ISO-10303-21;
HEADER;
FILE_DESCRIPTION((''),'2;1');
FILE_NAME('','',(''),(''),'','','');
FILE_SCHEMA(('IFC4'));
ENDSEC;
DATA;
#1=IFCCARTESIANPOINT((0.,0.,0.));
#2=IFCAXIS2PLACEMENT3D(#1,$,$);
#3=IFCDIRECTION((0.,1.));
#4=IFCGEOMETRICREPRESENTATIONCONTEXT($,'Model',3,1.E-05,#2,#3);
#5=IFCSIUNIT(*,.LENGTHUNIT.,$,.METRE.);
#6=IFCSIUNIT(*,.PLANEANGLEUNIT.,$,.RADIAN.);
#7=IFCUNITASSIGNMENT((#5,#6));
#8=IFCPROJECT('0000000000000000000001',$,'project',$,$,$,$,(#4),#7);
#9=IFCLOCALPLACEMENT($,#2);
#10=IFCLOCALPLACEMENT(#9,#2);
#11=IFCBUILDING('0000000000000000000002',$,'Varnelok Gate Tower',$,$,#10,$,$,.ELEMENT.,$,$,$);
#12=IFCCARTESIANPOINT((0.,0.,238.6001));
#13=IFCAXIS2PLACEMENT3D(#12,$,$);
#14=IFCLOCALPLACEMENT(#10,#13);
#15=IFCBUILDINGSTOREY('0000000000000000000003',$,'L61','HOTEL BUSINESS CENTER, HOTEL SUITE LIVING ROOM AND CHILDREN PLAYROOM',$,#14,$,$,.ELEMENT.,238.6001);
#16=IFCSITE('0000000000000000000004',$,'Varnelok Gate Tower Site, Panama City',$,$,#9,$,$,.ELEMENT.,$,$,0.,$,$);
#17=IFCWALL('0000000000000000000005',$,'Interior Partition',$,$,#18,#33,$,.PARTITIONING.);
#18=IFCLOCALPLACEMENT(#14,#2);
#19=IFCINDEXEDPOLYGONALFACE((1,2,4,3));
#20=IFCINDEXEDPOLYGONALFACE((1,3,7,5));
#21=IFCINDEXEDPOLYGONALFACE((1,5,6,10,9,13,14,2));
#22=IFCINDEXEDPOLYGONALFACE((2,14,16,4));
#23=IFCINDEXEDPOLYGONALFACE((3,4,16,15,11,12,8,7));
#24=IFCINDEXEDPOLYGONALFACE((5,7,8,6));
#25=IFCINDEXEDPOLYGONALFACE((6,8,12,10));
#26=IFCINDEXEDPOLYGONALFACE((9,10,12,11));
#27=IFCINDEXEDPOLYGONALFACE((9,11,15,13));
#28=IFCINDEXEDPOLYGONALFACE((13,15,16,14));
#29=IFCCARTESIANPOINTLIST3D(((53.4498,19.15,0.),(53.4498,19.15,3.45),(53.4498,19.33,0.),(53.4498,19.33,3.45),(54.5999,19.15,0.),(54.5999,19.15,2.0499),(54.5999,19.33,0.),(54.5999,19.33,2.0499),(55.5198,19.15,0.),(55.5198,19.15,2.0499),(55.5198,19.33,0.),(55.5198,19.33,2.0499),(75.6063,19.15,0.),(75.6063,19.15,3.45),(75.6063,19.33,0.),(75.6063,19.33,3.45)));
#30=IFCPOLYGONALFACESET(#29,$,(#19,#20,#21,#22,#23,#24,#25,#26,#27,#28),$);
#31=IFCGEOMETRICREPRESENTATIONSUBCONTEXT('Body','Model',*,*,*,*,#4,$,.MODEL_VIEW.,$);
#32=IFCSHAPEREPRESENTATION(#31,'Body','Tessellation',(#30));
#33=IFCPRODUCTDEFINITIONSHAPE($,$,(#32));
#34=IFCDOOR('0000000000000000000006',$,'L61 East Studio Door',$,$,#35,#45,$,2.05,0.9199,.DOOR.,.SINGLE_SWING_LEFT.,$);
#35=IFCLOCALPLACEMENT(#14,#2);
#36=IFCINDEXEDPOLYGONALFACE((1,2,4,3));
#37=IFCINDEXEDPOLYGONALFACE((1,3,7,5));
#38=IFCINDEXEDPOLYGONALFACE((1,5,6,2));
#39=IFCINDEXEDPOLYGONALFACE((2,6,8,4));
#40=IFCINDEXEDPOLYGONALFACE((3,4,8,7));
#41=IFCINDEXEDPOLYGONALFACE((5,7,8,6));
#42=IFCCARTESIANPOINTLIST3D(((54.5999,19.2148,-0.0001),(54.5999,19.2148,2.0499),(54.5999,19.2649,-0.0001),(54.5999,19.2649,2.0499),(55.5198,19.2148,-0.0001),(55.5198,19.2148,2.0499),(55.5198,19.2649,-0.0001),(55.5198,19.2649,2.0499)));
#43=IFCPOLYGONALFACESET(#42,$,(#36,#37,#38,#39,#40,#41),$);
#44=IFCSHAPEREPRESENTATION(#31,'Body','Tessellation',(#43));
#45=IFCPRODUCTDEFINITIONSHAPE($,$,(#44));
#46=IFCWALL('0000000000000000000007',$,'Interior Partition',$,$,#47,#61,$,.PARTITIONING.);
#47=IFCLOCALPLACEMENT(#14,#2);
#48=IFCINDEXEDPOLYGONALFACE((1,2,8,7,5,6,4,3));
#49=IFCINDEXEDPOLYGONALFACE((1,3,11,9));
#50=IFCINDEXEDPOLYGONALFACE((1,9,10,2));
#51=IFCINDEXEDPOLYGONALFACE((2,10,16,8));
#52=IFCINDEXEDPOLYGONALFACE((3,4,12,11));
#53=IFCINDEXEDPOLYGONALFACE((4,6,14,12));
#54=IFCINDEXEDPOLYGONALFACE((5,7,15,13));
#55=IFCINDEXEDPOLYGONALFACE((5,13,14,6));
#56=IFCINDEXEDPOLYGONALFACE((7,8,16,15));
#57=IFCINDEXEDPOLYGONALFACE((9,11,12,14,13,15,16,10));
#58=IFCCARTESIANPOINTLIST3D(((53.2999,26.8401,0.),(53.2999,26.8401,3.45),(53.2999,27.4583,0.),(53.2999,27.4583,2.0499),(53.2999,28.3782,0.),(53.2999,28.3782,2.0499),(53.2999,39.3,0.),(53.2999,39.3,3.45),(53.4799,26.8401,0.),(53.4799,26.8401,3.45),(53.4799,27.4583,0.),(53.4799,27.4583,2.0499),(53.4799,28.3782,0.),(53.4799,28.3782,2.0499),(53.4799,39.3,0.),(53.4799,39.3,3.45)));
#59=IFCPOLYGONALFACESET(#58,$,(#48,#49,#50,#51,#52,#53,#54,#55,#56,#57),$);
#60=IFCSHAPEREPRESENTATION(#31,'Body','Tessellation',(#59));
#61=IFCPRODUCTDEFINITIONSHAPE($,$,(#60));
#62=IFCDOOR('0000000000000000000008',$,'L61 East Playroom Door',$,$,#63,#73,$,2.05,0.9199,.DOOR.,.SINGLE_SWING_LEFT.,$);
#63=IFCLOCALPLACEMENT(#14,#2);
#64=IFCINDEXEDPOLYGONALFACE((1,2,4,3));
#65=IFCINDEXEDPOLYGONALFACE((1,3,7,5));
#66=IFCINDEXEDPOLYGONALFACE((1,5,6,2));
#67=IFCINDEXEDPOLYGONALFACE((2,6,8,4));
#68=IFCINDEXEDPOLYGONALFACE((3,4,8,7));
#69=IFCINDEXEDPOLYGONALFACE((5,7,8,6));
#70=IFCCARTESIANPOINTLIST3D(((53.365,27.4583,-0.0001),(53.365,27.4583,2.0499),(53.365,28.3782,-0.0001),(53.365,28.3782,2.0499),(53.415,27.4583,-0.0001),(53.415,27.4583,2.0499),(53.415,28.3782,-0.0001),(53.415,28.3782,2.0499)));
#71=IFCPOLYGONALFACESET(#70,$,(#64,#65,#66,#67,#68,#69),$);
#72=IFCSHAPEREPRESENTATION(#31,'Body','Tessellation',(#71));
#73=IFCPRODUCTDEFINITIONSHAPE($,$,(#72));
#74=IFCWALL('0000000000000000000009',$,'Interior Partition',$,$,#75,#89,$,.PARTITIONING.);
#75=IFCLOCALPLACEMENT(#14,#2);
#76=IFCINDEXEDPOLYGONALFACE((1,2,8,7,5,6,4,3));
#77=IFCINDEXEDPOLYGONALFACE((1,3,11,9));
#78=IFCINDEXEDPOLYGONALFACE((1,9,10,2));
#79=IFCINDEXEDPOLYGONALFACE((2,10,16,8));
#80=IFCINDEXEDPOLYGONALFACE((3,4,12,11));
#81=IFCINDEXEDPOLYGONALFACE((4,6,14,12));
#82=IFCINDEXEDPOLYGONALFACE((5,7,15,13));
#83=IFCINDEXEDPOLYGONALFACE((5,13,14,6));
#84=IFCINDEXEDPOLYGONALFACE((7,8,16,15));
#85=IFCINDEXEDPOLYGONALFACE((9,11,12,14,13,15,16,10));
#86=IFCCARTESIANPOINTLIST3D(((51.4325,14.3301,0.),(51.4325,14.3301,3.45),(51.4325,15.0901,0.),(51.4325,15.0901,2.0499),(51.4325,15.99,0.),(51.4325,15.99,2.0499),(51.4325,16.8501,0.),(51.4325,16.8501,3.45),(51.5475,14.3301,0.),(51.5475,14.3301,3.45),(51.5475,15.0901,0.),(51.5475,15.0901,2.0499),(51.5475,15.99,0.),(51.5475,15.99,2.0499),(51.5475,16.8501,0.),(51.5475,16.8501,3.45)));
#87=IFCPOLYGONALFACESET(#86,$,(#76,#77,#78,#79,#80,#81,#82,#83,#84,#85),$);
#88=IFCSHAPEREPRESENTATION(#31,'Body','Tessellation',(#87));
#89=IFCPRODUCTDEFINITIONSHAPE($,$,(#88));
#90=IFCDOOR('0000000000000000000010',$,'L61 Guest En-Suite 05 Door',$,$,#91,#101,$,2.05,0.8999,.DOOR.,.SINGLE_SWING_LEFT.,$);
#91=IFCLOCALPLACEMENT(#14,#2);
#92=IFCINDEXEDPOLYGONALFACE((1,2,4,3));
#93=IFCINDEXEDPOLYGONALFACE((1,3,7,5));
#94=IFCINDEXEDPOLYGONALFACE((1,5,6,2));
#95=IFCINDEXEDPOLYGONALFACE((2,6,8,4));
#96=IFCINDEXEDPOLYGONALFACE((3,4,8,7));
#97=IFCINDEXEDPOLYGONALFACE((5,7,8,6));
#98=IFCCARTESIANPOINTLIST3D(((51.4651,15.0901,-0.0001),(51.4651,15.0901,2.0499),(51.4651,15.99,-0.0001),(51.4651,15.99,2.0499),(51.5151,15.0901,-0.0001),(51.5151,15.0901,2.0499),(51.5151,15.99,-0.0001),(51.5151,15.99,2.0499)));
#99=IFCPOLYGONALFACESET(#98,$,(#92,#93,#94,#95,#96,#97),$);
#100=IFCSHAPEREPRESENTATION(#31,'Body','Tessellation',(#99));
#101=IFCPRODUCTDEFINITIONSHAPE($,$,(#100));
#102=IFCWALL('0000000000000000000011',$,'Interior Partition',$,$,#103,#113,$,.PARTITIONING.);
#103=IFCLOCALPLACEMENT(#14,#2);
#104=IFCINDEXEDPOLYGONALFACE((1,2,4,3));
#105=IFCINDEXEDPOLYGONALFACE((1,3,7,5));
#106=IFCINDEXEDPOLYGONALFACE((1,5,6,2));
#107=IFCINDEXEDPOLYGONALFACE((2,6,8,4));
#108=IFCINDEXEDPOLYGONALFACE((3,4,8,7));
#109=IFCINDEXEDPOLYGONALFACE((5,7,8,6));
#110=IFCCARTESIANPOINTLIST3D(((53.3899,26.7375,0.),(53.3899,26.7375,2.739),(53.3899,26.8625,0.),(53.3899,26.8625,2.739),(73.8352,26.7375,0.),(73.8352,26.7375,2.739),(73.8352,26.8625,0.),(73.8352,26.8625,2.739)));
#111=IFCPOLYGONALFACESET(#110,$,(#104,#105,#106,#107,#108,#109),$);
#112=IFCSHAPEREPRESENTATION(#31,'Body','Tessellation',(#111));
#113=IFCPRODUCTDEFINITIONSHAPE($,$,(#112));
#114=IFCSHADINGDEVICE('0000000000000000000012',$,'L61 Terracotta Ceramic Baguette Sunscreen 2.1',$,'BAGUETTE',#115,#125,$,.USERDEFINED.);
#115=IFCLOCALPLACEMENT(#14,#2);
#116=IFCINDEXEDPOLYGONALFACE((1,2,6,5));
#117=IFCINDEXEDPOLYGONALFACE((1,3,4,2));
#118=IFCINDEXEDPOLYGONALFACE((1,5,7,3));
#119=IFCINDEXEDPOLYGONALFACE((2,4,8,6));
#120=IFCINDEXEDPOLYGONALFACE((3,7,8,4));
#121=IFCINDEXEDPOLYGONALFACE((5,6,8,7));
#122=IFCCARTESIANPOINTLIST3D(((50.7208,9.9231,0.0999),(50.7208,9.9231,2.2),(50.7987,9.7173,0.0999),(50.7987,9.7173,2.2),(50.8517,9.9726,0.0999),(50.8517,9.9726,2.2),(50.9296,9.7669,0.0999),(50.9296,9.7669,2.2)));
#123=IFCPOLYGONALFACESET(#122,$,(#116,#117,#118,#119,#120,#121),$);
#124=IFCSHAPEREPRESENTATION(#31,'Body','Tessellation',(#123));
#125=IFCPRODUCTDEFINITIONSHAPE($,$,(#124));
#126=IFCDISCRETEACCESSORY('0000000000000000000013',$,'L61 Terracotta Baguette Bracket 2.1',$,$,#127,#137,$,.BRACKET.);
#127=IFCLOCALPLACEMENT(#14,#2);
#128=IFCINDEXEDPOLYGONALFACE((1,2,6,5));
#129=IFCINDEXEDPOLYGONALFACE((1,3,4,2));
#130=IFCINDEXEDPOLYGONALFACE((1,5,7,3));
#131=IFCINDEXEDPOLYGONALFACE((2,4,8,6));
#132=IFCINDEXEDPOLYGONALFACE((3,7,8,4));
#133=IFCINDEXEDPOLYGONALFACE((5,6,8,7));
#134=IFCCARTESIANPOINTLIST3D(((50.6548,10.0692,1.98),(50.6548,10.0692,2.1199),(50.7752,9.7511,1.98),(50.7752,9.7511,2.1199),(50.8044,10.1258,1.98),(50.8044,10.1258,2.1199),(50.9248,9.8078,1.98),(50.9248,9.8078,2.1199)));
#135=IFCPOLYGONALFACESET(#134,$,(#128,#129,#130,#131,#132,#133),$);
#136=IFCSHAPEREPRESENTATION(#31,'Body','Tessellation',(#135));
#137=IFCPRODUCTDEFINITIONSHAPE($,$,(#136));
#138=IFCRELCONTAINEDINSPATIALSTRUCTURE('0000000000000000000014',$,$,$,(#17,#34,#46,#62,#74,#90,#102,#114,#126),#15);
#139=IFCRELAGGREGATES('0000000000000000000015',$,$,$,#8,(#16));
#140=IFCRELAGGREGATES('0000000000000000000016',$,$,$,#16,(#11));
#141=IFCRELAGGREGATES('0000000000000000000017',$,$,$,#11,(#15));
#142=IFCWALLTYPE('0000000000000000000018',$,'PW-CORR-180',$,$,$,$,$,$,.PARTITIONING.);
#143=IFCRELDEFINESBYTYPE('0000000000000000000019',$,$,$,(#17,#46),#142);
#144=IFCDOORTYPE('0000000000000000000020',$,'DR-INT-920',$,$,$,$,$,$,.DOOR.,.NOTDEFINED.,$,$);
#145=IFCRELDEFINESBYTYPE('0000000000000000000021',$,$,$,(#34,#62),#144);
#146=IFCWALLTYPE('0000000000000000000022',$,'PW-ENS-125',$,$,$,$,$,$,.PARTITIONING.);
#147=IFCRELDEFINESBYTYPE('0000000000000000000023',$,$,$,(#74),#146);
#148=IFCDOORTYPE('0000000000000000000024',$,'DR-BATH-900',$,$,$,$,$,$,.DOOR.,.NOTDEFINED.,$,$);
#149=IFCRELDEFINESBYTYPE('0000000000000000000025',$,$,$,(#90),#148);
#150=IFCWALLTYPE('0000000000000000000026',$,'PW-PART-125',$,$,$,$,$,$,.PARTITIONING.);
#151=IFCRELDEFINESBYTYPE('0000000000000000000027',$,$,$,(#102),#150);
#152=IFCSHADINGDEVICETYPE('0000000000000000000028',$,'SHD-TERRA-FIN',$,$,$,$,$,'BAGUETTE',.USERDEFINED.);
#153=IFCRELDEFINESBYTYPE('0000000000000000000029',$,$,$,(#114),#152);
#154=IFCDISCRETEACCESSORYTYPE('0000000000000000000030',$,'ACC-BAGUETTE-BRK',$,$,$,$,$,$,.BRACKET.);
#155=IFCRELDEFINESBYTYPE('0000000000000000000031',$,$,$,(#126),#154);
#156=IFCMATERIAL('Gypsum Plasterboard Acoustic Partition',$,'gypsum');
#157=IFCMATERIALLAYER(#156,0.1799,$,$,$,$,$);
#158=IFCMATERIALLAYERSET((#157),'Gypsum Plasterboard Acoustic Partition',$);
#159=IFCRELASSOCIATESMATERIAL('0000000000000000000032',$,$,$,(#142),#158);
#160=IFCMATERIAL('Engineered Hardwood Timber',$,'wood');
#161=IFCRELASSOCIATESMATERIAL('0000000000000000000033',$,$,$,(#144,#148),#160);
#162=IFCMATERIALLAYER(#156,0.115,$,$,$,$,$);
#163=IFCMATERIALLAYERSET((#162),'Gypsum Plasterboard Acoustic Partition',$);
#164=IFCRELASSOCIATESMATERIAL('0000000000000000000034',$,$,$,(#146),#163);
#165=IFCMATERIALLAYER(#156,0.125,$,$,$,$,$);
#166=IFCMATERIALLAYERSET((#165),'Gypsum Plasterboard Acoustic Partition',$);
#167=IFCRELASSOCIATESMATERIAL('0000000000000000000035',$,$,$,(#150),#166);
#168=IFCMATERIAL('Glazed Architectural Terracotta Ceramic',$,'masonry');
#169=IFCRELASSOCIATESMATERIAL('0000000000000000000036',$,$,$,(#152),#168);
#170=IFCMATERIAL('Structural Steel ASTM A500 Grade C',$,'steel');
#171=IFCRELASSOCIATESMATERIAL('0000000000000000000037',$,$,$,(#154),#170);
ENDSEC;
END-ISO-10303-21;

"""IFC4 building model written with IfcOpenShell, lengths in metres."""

from ifc_helpers import new_model, si_unit, direction, frame, frame_2d, origin, origin_2d, place, context, subcontext, project, spatial, rectangle, extrude, source, transform, mapped, material, layer, layer_set, type_object, element, fill, save


model = new_model("IFC4")

# Units and contexts
model_context = context("Model", 3, precision=1e-05, world=origin(), true_north=direction((0.0, 1.0)))
body_context = subcontext(model_context, "Body", "Model", "MODEL_VIEW")
ifc_project = project(units=[si_unit("LENGTHUNIT", "METRE"), si_unit("PLANEANGLEUNIT", "RADIAN")], contexts=[model_context])

# Site, building, storey
site_placement = place(None, origin())
site = spatial("IfcSite", under=ifc_project, at=site_placement, Name="Varnelok Gate Tower Site, Panama City", CompositionType="ELEMENT", RefElevation=0.0)
building_placement = place(site_placement, origin())
building = spatial("IfcBuilding", under=site, at=building_placement, Name="Varnelok Gate Tower", CompositionType="ELEMENT")
storey_placement = place(building_placement, frame((0.0, 0.0, 238.6001)))
storey = spatial("IfcBuildingStorey", under=building, at=storey_placement, Name="L61", Description="HOTEL BUSINESS CENTER, HOTEL SUITE LIVING ROOM AND CHILDREN PLAYROOM", CompositionType="ELEMENT", Elevation=238.6001)

# Walls, openings, doors
ifc_material_1 = material(Name="Gypsum Plasterboard Acoustic Partition", Category="gypsum")
ifc_layer_1 = layer(ifc_material_1, 0.1799)
ifc_layer_set_1 = layer_set([ifc_layer_1], Name="Gypsum Plasterboard Acoustic Partition")
wall_type_1 = type_object("IfcWallType", Name="PW-CORR-180", PredefinedType="PARTITIONING", material=ifc_layer_set_1)
wall_1_placement = place(storey_placement, frame((53.45, 19.24, 0.0), z_axis=(0.0, 0.0, 1.0), x_axis=(1.0, 0.0, 0.0)))
wall_1 = element("IfcWall", 1, at=wall_1_placement, inside=storey, type_object=wall_type_1, Name="Interior Partition", PredefinedType="PARTITIONING", context=body_context, shape_type="SweptSolid", body=[
    extrude(rectangle(XDim=22.1565, YDim=0.1799, at=frame_2d((11.0781, 0.0))), origin(), (0.0, 0.0, 1.0), 3.45),
])
opening_1_placement = place(wall_1_placement, frame((1.1499, 0.0, 0.0)))
opening_1 = element("IfcOpeningElement", 2, at=opening_1_placement, cuts=wall_1, PredefinedType="OPENING", context=body_context, shape_type="SweptSolid", body=[
    extrude(rectangle(XDim=0.9199, YDim=2.05, at=frame_2d((0.46, 1.0249))), frame((0.0, 0.0999, 0.0), z_axis=(0.0, -1.0, 0.0), x_axis=(1.0, 0.0, 0.0)), (0.0, 0.0, 1.0), 0.2),
])
ifc_material_2 = material(Name="Engineered Hardwood Timber", Category="wood")
door_type_1 = type_object("IfcDoorType", Name="DR-INT-920", OperationType="NOTDEFINED", PredefinedType="DOOR", material=ifc_material_2)
door_1_placement = place(opening_1_placement, origin())
door_1 = element("IfcDoor", 3, at=door_1_placement, inside=storey, type_object=door_type_1, Name="L61 East Studio Door", OperationType="SINGLE_SWING_LEFT", OverallHeight=2.05, OverallWidth=0.9199, PredefinedType="DOOR", context=body_context, shape_type="SweptSolid", body=[
    extrude(rectangle(XDim=0.9199, YDim=2.05, at=frame_2d((0.46, 1.0249))), frame((0.0, 0.0249, 0.0), z_axis=(0.0, -1.0, 0.0), x_axis=(1.0, 0.0, 0.0)), (0.0, 0.0, 1.0), 0.05),
])
fill(opening_1, door_1)
wall_2_placement = place(storey_placement, frame((53.3899, 26.8401, 0.0), z_axis=(0.0, 0.0, 1.0), x_axis=(0.0, 1.0, 0.0)))
wall_2 = element("IfcWall", 4, at=wall_2_placement, inside=storey, type_object=wall_type_1, Name="Interior Partition", PredefinedType="PARTITIONING", context=body_context, shape_type="SweptSolid", body=[
    extrude(rectangle(XDim=12.46, YDim=0.1799, at=frame_2d((6.23, 0.0))), origin(), (0.0, 0.0, 1.0), 3.45),
])
opening_2_placement = place(wall_2_placement, frame((0.6182, 0.0, 0.0)))
opening_2 = element("IfcOpeningElement", 5, at=opening_2_placement, cuts=wall_2, PredefinedType="OPENING", context=body_context, shape_type="SweptSolid", body=[
    extrude(rectangle(XDim=0.9199, YDim=2.05, at=frame_2d((0.46, 1.0249))), frame((0.0, 0.0999, 0.0), z_axis=(0.0, -1.0, 0.0), x_axis=(1.0, 0.0, 0.0)), (0.0, 0.0, 1.0), 0.2),
])
door_2_placement = place(opening_2_placement, origin())
door_2 = element("IfcDoor", 6, at=door_2_placement, inside=storey, type_object=door_type_1, Name="L61 East Playroom Door", OperationType="SINGLE_SWING_LEFT", OverallHeight=2.05, OverallWidth=0.9199, PredefinedType="DOOR", context=body_context, shape_type="SweptSolid", body=[
    extrude(rectangle(XDim=0.9199, YDim=2.05, at=frame_2d((0.46, 1.0249))), frame((0.0, 0.0249, 0.0), z_axis=(0.0, -1.0, 0.0), x_axis=(1.0, 0.0, 0.0)), (0.0, 0.0, 1.0), 0.05),
])
fill(opening_2, door_2)
ifc_layer_2 = layer(ifc_material_1, 0.115)
ifc_layer_set_2 = layer_set([ifc_layer_2], Name="Gypsum Plasterboard Acoustic Partition")
wall_type_2 = type_object("IfcWallType", Name="PW-ENS-125", PredefinedType="PARTITIONING", material=ifc_layer_set_2)
wall_3_placement = place(storey_placement, frame((51.49, 14.3301, 0.0), z_axis=(0.0, 0.0, 1.0), x_axis=(0.0, 1.0, 0.0)))
wall_3 = element("IfcWall", 7, at=wall_3_placement, inside=storey, type_object=wall_type_2, Name="Interior Partition", PredefinedType="PARTITIONING", context=body_context, shape_type="SweptSolid", body=[
    extrude(rectangle(XDim=2.52, YDim=0.115, at=frame_2d((1.26, 0.0))), origin(), (0.0, 0.0, 1.0), 3.45),
])
opening_3_placement = place(wall_3_placement, frame((0.76, 0.0, 0.0)))
opening_3 = element("IfcOpeningElement", 8, at=opening_3_placement, cuts=wall_3, PredefinedType="OPENING", context=body_context, shape_type="SweptSolid", body=[
    extrude(rectangle(XDim=0.8999, YDim=2.05, at=frame_2d((0.45, 1.0249))), frame((0.0, 0.0674, 0.0), z_axis=(0.0, -1.0, 0.0), x_axis=(1.0, 0.0, 0.0)), (0.0, 0.0, 1.0), 0.135),
])
door_type_2 = type_object("IfcDoorType", Name="DR-BATH-900", OperationType="NOTDEFINED", PredefinedType="DOOR", material=ifc_material_2)
door_3_placement = place(opening_3_placement, origin())
door_3 = element("IfcDoor", 9, at=door_3_placement, inside=storey, type_object=door_type_2, Name="L61 Guest En-Suite 05 Door", OperationType="SINGLE_SWING_LEFT", OverallHeight=2.05, OverallWidth=0.8999, PredefinedType="DOOR", context=body_context, shape_type="SweptSolid", body=[
    extrude(rectangle(XDim=0.8999, YDim=2.05, at=frame_2d((0.45, 1.0249))), frame((0.0, 0.0249, 0.0), z_axis=(0.0, -1.0, 0.0), x_axis=(1.0, 0.0, 0.0)), (0.0, 0.0, 1.0), 0.05),
])
fill(opening_3, door_3)

# Wall
ifc_layer_3 = layer(ifc_material_1, 0.125)
ifc_layer_set_3 = layer_set([ifc_layer_3], Name="Gypsum Plasterboard Acoustic Partition")
wall_type_3 = type_object("IfcWallType", Name="PW-PART-125", PredefinedType="PARTITIONING", material=ifc_layer_set_3)
wall_4_placement = place(storey_placement, frame((53.3899, 26.8, 0.0), z_axis=(0.0, 0.0, 1.0), x_axis=(1.0, 0.0, 0.0)))
element("IfcWall", 10, at=wall_4_placement, inside=storey, type_object=wall_type_3, Name="Interior Partition", PredefinedType="PARTITIONING", context=body_context, shape_type="SweptSolid", body=[
    extrude(rectangle(XDim=20.4453, YDim=0.125, at=frame_2d((10.2227, 0.0))), origin(), (0.0, 0.0, 1.0), 2.739),
])

# Shading device
ifc_material_3 = material(Name="Glazed Architectural Terracotta Ceramic", Category="masonry")
shading_device_type = type_object("IfcShadingDeviceType", Name="SHD-TERRA-FIN", ElementType="BAGUETTE", PredefinedType="USERDEFINED", material=ifc_material_3)
shared_shape_1 = source(origin(), body_context, "Body", "SweptSolid", [
    extrude(rectangle(XDim=0.1399, YDim=0.22, at=origin_2d()), origin(), (0.0, 0.0, 1.0), 2.1001),
])
shading_device_placement = place(storey_placement, frame((50.8252, 9.845, 0.0999), z_axis=(0.0, 0.0, 1.0), x_axis=(0.935222, 0.354063, 0.0)))
element("IfcShadingDevice", 11, at=shading_device_placement, inside=storey, type_object=shading_device_type, Name="L61 Terracotta Ceramic Baguette Sunscreen 2.1", ObjectType="BAGUETTE", PredefinedType="USERDEFINED", context=body_context, shape_type="MappedRepresentation", body=[
    mapped(shared_shape_1, transform((0.0, 0.0, 0.0), scale=1.0)),
])

# Discrete accessory
ifc_material_4 = material(Name="Structural Steel ASTM A500 Grade C", Category="steel")
discrete_accessory_type = type_object("IfcDiscreteAccessoryType", Name="ACC-BAGUETTE-BRK", PredefinedType="BRACKET", material=ifc_material_4)
shared_shape_2 = source(origin(), body_context, "Body", "SweptSolid", [
    extrude(rectangle(XDim=0.1599, YDim=0.3401, at=origin_2d()), origin(), (0.0, 0.0, 1.0), 0.1399),
])
discrete_accessory_placement = place(storey_placement, frame((50.7898, 9.9385, 1.98), z_axis=(0.0, 0.0, 1.0), x_axis=(0.935222, 0.354063, 0.0)))
element("IfcDiscreteAccessory", 12, at=discrete_accessory_placement, inside=storey, type_object=discrete_accessory_type, Name="L61 Terracotta Baguette Bracket 2.1", PredefinedType="BRACKET", context=body_context, shape_type="MappedRepresentation", body=[
    mapped(shared_shape_2, transform((0.0, 0.0, 0.0), scale=1.0)),
])

save(model, "model.ifc")
